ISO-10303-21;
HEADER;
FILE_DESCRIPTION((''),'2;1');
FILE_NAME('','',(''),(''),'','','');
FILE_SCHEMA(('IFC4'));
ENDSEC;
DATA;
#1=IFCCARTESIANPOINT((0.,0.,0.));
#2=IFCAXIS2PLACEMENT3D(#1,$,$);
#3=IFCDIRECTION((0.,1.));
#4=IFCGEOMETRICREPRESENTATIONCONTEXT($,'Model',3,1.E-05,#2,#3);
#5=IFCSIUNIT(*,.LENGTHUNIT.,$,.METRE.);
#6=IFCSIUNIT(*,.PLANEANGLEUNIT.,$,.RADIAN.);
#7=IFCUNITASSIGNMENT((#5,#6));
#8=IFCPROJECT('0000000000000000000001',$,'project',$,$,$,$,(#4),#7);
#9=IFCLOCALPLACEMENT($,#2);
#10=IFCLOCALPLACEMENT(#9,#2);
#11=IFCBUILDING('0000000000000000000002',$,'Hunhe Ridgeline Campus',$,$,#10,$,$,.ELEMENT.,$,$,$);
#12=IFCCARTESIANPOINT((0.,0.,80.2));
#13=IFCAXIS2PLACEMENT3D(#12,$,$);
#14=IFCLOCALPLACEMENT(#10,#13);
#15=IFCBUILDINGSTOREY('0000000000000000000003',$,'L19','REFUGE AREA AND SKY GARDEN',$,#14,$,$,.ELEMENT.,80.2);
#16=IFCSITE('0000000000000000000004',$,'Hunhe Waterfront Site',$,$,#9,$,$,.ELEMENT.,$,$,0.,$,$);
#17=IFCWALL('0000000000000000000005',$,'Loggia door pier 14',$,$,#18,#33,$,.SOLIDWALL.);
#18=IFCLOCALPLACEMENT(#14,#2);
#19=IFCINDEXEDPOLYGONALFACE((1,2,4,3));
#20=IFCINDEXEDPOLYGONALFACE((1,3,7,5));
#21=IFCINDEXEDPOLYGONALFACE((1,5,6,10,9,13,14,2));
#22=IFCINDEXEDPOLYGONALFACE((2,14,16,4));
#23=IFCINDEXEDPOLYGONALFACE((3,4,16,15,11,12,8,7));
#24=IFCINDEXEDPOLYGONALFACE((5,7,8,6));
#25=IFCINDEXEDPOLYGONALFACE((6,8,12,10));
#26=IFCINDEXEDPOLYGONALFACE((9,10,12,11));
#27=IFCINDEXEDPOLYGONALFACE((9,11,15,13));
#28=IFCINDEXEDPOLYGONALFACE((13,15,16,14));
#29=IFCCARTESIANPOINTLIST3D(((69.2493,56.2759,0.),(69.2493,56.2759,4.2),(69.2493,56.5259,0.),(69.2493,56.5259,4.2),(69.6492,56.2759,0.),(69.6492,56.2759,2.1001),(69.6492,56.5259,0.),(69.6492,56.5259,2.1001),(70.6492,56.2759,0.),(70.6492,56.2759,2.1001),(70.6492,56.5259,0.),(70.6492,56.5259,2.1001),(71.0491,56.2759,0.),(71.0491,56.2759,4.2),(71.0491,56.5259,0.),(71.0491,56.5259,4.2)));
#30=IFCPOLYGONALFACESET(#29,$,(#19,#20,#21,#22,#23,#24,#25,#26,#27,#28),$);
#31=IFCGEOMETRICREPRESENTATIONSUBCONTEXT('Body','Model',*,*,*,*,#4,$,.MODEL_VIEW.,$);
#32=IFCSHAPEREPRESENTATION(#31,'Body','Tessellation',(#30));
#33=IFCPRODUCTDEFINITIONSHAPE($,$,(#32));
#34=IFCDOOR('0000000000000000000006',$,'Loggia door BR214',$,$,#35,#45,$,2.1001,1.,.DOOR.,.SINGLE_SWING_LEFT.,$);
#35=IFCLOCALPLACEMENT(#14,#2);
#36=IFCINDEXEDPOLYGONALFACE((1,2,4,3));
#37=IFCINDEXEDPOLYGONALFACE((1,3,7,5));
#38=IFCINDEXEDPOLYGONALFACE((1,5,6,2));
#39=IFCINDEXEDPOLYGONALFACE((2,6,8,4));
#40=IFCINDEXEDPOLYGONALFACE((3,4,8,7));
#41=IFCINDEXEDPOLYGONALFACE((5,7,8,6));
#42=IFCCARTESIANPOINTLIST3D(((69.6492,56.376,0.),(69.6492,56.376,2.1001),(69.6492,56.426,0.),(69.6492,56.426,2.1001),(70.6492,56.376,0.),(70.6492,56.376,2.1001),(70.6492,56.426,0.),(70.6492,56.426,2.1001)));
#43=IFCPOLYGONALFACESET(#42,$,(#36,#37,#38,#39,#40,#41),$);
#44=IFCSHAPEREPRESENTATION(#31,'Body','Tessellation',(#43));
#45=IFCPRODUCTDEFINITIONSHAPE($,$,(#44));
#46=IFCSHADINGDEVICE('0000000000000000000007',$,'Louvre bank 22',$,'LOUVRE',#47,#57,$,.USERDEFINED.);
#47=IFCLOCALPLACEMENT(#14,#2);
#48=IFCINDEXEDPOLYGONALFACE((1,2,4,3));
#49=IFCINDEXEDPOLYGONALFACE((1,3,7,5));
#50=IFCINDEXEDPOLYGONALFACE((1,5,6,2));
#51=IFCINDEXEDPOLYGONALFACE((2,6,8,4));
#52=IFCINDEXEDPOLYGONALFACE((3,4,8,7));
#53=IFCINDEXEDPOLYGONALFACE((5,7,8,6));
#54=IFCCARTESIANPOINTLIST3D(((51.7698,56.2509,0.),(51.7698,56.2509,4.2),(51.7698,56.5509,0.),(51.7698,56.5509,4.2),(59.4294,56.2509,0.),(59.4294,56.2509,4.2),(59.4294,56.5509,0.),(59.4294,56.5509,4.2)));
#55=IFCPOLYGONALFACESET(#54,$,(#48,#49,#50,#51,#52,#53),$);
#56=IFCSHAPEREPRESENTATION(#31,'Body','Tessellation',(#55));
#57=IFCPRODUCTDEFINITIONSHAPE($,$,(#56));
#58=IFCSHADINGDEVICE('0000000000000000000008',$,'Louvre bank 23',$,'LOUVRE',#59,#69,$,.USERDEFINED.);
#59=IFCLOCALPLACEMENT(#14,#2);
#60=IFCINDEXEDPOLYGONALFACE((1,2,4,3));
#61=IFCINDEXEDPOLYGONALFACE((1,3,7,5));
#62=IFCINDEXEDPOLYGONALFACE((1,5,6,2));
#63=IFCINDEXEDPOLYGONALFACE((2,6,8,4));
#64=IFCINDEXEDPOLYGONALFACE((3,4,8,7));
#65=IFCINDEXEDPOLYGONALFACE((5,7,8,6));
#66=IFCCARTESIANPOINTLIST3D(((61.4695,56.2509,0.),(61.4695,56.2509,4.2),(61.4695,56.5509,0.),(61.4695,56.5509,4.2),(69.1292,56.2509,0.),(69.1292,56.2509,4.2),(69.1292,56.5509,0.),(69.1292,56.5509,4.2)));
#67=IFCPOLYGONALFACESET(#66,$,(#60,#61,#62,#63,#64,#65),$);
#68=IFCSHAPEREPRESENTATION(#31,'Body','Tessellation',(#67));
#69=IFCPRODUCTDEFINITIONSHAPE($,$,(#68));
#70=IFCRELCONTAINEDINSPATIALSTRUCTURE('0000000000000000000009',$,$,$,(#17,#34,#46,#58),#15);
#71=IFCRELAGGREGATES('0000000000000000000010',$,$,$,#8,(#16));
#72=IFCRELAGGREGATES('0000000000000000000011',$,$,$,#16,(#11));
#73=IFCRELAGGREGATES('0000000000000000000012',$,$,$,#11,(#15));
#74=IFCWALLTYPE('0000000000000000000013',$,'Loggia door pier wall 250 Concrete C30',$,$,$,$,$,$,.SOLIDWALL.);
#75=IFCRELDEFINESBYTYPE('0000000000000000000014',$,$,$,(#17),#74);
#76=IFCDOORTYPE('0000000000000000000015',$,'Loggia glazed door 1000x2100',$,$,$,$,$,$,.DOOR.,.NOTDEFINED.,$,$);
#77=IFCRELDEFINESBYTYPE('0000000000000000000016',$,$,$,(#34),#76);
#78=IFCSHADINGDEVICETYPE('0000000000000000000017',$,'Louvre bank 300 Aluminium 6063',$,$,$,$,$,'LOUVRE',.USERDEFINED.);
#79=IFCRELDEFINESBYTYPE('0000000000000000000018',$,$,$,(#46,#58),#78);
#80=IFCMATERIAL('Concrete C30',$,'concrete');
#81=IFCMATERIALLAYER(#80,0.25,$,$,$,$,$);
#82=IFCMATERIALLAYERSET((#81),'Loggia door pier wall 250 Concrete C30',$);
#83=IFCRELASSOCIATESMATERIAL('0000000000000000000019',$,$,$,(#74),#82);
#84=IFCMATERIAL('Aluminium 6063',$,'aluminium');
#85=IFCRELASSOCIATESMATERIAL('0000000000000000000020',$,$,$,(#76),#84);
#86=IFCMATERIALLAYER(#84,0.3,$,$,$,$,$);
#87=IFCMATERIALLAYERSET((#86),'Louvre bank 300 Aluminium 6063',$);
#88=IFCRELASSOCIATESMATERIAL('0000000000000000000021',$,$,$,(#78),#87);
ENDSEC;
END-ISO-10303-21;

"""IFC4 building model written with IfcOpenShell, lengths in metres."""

from ifc_helpers import new_model, si_unit, direction, frame, frame_2d, origin, origin_2d, place, context, subcontext, project, spatial, rectangle, extrude, material, layer, layer_set, type_object, element, fill, save


model = new_model("IFC4")

# Units and contexts
model_context = context("Model", 3, precision=1e-05, world=origin(), true_north=direction((0.0, 1.0)))
body_context = subcontext(model_context, "Body", "Model", "MODEL_VIEW")
ifc_project = project(units=[si_unit("LENGTHUNIT", "METRE"), si_unit("PLANEANGLEUNIT", "RADIAN")], contexts=[model_context])

# Site, building, storey
site_placement = place(None, origin())
site = spatial("IfcSite", under=ifc_project, at=site_placement, Name="Hunhe Waterfront Site", CompositionType="ELEMENT", RefElevation=0.0)
building_placement = place(site_placement, origin())
building = spatial("IfcBuilding", under=site, at=building_placement, Name="Hunhe Ridgeline Campus", CompositionType="ELEMENT")
storey_placement = place(building_placement, frame((0.0, 0.0, 80.2)))
storey = spatial("IfcBuildingStorey", under=building, at=storey_placement, Name="L19", Description="REFUGE AREA AND SKY GARDEN", CompositionType="ELEMENT", Elevation=80.2)

# Shared definitions
ifc_material_1 = material(Name="Aluminium 6063", Category="aluminium")

# Wall, opening, door
ifc_material_2 = material(Name="Concrete C30", Category="concrete")
ifc_layer_1 = layer(ifc_material_2, 0.25)
ifc_layer_set_1 = layer_set([ifc_layer_1], Name="Loggia door pier wall 250 Concrete C30")
wall_type_1 = type_object("IfcWallType", Name="Loggia door pier wall 250 Concrete C30", PredefinedType="SOLIDWALL", material=ifc_layer_set_1)
door_type = type_object("IfcDoorType", Name="Loggia glazed door 1000x2100", OperationType="NOTDEFINED", PredefinedType="DOOR", material=ifc_material_1)
wall_1_placement = place(storey_placement, frame((69.2493, 56.4009, 0.0), z_axis=(0.0, 0.0, 1.0), x_axis=(1.0, 0.0, 0.0)))
wall_1 = element("IfcWall", 1, at=wall_1_placement, inside=storey, type_object=wall_type_1, Name="Loggia door pier 14", PredefinedType="SOLIDWALL", context=body_context, shape_type="SweptSolid", body=[
    extrude(rectangle(XDim=1.7998, YDim=0.25, at=frame_2d((0.8999, 0.0))), origin(), (0.0, 0.0, 1.0), 4.2),
])
opening_1_placement = place(wall_1_placement, frame((0.3999, 0.0, 0.0)))
opening_1 = element("IfcOpeningElement", 2, at=opening_1_placement, cuts=wall_1, PredefinedType="OPENING", context=body_context, shape_type="SweptSolid", body=[
    extrude(rectangle(XDim=1.0, YDim=2.1001, at=frame_2d((0.5, 1.05))), frame((0.0, 0.125, 0.0), z_axis=(0.0, -1.0, 0.0), x_axis=(1.0, 0.0, 0.0)), (0.0, 0.0, 1.0), 0.25),
])
door_1_placement = place(opening_1_placement, frame((1.0, 0.0, 0.0), z_axis=(0.0, 0.0, 1.0), x_axis=(-1.0, 0.0, 0.0)))
door_1 = element("IfcDoor", 3, at=door_1_placement, inside=storey, type_object=door_type, Name="Loggia door BR214", OperationType="SINGLE_SWING_LEFT", OverallHeight=2.1001, OverallWidth=1.0, PredefinedType="DOOR", context=body_context, shape_type="SweptSolid", body=[
    extrude(rectangle(XDim=1.0, YDim=2.1001, at=frame_2d((0.5, 1.05))), frame((0.0, 0.0249, 0.0), z_axis=(0.0, -1.0, 0.0), x_axis=(1.0, 0.0, 0.0)), (0.0, 0.0, 1.0), 0.05),
])
fill(opening_1, door_1)

# Shading devices
ifc_layer_2 = layer(ifc_material_1, 0.3)
ifc_layer_set_2 = layer_set([ifc_layer_2], Name="Louvre bank 300 Aluminium 6063")
shading_device_type = type_object("IfcShadingDeviceType", Name="Louvre bank 300 Aluminium 6063", ElementType="LOUVRE", PredefinedType="USERDEFINED", material=ifc_layer_set_2)
for number, where, z_axis, x_axis, name in (
    (4, (55.5996, 56.4009, 0.0), (0.0, 0.0, 1.0), (1.0, 0.0, 0.0), "Louvre bank 22"),
    (5, (65.2993, 56.4009, 0.0), (0.0, 0.0, 1.0), (1.0, 0.0, 0.0), "Louvre bank 23"),
):
    element("IfcShadingDevice", number, at=place(storey_placement, frame(where, z_axis=z_axis, x_axis=x_axis)), inside=storey, type_object=shading_device_type, Name=name, ObjectType="LOUVRE", PredefinedType="USERDEFINED", context=body_context, shape_type="SweptSolid", body=[
        extrude(rectangle(XDim=7.6597, YDim=0.3, at=origin_2d()), origin(), (0.0, 0.0, 1.0), 4.2),
    ])

save(model, "model.ifc")
